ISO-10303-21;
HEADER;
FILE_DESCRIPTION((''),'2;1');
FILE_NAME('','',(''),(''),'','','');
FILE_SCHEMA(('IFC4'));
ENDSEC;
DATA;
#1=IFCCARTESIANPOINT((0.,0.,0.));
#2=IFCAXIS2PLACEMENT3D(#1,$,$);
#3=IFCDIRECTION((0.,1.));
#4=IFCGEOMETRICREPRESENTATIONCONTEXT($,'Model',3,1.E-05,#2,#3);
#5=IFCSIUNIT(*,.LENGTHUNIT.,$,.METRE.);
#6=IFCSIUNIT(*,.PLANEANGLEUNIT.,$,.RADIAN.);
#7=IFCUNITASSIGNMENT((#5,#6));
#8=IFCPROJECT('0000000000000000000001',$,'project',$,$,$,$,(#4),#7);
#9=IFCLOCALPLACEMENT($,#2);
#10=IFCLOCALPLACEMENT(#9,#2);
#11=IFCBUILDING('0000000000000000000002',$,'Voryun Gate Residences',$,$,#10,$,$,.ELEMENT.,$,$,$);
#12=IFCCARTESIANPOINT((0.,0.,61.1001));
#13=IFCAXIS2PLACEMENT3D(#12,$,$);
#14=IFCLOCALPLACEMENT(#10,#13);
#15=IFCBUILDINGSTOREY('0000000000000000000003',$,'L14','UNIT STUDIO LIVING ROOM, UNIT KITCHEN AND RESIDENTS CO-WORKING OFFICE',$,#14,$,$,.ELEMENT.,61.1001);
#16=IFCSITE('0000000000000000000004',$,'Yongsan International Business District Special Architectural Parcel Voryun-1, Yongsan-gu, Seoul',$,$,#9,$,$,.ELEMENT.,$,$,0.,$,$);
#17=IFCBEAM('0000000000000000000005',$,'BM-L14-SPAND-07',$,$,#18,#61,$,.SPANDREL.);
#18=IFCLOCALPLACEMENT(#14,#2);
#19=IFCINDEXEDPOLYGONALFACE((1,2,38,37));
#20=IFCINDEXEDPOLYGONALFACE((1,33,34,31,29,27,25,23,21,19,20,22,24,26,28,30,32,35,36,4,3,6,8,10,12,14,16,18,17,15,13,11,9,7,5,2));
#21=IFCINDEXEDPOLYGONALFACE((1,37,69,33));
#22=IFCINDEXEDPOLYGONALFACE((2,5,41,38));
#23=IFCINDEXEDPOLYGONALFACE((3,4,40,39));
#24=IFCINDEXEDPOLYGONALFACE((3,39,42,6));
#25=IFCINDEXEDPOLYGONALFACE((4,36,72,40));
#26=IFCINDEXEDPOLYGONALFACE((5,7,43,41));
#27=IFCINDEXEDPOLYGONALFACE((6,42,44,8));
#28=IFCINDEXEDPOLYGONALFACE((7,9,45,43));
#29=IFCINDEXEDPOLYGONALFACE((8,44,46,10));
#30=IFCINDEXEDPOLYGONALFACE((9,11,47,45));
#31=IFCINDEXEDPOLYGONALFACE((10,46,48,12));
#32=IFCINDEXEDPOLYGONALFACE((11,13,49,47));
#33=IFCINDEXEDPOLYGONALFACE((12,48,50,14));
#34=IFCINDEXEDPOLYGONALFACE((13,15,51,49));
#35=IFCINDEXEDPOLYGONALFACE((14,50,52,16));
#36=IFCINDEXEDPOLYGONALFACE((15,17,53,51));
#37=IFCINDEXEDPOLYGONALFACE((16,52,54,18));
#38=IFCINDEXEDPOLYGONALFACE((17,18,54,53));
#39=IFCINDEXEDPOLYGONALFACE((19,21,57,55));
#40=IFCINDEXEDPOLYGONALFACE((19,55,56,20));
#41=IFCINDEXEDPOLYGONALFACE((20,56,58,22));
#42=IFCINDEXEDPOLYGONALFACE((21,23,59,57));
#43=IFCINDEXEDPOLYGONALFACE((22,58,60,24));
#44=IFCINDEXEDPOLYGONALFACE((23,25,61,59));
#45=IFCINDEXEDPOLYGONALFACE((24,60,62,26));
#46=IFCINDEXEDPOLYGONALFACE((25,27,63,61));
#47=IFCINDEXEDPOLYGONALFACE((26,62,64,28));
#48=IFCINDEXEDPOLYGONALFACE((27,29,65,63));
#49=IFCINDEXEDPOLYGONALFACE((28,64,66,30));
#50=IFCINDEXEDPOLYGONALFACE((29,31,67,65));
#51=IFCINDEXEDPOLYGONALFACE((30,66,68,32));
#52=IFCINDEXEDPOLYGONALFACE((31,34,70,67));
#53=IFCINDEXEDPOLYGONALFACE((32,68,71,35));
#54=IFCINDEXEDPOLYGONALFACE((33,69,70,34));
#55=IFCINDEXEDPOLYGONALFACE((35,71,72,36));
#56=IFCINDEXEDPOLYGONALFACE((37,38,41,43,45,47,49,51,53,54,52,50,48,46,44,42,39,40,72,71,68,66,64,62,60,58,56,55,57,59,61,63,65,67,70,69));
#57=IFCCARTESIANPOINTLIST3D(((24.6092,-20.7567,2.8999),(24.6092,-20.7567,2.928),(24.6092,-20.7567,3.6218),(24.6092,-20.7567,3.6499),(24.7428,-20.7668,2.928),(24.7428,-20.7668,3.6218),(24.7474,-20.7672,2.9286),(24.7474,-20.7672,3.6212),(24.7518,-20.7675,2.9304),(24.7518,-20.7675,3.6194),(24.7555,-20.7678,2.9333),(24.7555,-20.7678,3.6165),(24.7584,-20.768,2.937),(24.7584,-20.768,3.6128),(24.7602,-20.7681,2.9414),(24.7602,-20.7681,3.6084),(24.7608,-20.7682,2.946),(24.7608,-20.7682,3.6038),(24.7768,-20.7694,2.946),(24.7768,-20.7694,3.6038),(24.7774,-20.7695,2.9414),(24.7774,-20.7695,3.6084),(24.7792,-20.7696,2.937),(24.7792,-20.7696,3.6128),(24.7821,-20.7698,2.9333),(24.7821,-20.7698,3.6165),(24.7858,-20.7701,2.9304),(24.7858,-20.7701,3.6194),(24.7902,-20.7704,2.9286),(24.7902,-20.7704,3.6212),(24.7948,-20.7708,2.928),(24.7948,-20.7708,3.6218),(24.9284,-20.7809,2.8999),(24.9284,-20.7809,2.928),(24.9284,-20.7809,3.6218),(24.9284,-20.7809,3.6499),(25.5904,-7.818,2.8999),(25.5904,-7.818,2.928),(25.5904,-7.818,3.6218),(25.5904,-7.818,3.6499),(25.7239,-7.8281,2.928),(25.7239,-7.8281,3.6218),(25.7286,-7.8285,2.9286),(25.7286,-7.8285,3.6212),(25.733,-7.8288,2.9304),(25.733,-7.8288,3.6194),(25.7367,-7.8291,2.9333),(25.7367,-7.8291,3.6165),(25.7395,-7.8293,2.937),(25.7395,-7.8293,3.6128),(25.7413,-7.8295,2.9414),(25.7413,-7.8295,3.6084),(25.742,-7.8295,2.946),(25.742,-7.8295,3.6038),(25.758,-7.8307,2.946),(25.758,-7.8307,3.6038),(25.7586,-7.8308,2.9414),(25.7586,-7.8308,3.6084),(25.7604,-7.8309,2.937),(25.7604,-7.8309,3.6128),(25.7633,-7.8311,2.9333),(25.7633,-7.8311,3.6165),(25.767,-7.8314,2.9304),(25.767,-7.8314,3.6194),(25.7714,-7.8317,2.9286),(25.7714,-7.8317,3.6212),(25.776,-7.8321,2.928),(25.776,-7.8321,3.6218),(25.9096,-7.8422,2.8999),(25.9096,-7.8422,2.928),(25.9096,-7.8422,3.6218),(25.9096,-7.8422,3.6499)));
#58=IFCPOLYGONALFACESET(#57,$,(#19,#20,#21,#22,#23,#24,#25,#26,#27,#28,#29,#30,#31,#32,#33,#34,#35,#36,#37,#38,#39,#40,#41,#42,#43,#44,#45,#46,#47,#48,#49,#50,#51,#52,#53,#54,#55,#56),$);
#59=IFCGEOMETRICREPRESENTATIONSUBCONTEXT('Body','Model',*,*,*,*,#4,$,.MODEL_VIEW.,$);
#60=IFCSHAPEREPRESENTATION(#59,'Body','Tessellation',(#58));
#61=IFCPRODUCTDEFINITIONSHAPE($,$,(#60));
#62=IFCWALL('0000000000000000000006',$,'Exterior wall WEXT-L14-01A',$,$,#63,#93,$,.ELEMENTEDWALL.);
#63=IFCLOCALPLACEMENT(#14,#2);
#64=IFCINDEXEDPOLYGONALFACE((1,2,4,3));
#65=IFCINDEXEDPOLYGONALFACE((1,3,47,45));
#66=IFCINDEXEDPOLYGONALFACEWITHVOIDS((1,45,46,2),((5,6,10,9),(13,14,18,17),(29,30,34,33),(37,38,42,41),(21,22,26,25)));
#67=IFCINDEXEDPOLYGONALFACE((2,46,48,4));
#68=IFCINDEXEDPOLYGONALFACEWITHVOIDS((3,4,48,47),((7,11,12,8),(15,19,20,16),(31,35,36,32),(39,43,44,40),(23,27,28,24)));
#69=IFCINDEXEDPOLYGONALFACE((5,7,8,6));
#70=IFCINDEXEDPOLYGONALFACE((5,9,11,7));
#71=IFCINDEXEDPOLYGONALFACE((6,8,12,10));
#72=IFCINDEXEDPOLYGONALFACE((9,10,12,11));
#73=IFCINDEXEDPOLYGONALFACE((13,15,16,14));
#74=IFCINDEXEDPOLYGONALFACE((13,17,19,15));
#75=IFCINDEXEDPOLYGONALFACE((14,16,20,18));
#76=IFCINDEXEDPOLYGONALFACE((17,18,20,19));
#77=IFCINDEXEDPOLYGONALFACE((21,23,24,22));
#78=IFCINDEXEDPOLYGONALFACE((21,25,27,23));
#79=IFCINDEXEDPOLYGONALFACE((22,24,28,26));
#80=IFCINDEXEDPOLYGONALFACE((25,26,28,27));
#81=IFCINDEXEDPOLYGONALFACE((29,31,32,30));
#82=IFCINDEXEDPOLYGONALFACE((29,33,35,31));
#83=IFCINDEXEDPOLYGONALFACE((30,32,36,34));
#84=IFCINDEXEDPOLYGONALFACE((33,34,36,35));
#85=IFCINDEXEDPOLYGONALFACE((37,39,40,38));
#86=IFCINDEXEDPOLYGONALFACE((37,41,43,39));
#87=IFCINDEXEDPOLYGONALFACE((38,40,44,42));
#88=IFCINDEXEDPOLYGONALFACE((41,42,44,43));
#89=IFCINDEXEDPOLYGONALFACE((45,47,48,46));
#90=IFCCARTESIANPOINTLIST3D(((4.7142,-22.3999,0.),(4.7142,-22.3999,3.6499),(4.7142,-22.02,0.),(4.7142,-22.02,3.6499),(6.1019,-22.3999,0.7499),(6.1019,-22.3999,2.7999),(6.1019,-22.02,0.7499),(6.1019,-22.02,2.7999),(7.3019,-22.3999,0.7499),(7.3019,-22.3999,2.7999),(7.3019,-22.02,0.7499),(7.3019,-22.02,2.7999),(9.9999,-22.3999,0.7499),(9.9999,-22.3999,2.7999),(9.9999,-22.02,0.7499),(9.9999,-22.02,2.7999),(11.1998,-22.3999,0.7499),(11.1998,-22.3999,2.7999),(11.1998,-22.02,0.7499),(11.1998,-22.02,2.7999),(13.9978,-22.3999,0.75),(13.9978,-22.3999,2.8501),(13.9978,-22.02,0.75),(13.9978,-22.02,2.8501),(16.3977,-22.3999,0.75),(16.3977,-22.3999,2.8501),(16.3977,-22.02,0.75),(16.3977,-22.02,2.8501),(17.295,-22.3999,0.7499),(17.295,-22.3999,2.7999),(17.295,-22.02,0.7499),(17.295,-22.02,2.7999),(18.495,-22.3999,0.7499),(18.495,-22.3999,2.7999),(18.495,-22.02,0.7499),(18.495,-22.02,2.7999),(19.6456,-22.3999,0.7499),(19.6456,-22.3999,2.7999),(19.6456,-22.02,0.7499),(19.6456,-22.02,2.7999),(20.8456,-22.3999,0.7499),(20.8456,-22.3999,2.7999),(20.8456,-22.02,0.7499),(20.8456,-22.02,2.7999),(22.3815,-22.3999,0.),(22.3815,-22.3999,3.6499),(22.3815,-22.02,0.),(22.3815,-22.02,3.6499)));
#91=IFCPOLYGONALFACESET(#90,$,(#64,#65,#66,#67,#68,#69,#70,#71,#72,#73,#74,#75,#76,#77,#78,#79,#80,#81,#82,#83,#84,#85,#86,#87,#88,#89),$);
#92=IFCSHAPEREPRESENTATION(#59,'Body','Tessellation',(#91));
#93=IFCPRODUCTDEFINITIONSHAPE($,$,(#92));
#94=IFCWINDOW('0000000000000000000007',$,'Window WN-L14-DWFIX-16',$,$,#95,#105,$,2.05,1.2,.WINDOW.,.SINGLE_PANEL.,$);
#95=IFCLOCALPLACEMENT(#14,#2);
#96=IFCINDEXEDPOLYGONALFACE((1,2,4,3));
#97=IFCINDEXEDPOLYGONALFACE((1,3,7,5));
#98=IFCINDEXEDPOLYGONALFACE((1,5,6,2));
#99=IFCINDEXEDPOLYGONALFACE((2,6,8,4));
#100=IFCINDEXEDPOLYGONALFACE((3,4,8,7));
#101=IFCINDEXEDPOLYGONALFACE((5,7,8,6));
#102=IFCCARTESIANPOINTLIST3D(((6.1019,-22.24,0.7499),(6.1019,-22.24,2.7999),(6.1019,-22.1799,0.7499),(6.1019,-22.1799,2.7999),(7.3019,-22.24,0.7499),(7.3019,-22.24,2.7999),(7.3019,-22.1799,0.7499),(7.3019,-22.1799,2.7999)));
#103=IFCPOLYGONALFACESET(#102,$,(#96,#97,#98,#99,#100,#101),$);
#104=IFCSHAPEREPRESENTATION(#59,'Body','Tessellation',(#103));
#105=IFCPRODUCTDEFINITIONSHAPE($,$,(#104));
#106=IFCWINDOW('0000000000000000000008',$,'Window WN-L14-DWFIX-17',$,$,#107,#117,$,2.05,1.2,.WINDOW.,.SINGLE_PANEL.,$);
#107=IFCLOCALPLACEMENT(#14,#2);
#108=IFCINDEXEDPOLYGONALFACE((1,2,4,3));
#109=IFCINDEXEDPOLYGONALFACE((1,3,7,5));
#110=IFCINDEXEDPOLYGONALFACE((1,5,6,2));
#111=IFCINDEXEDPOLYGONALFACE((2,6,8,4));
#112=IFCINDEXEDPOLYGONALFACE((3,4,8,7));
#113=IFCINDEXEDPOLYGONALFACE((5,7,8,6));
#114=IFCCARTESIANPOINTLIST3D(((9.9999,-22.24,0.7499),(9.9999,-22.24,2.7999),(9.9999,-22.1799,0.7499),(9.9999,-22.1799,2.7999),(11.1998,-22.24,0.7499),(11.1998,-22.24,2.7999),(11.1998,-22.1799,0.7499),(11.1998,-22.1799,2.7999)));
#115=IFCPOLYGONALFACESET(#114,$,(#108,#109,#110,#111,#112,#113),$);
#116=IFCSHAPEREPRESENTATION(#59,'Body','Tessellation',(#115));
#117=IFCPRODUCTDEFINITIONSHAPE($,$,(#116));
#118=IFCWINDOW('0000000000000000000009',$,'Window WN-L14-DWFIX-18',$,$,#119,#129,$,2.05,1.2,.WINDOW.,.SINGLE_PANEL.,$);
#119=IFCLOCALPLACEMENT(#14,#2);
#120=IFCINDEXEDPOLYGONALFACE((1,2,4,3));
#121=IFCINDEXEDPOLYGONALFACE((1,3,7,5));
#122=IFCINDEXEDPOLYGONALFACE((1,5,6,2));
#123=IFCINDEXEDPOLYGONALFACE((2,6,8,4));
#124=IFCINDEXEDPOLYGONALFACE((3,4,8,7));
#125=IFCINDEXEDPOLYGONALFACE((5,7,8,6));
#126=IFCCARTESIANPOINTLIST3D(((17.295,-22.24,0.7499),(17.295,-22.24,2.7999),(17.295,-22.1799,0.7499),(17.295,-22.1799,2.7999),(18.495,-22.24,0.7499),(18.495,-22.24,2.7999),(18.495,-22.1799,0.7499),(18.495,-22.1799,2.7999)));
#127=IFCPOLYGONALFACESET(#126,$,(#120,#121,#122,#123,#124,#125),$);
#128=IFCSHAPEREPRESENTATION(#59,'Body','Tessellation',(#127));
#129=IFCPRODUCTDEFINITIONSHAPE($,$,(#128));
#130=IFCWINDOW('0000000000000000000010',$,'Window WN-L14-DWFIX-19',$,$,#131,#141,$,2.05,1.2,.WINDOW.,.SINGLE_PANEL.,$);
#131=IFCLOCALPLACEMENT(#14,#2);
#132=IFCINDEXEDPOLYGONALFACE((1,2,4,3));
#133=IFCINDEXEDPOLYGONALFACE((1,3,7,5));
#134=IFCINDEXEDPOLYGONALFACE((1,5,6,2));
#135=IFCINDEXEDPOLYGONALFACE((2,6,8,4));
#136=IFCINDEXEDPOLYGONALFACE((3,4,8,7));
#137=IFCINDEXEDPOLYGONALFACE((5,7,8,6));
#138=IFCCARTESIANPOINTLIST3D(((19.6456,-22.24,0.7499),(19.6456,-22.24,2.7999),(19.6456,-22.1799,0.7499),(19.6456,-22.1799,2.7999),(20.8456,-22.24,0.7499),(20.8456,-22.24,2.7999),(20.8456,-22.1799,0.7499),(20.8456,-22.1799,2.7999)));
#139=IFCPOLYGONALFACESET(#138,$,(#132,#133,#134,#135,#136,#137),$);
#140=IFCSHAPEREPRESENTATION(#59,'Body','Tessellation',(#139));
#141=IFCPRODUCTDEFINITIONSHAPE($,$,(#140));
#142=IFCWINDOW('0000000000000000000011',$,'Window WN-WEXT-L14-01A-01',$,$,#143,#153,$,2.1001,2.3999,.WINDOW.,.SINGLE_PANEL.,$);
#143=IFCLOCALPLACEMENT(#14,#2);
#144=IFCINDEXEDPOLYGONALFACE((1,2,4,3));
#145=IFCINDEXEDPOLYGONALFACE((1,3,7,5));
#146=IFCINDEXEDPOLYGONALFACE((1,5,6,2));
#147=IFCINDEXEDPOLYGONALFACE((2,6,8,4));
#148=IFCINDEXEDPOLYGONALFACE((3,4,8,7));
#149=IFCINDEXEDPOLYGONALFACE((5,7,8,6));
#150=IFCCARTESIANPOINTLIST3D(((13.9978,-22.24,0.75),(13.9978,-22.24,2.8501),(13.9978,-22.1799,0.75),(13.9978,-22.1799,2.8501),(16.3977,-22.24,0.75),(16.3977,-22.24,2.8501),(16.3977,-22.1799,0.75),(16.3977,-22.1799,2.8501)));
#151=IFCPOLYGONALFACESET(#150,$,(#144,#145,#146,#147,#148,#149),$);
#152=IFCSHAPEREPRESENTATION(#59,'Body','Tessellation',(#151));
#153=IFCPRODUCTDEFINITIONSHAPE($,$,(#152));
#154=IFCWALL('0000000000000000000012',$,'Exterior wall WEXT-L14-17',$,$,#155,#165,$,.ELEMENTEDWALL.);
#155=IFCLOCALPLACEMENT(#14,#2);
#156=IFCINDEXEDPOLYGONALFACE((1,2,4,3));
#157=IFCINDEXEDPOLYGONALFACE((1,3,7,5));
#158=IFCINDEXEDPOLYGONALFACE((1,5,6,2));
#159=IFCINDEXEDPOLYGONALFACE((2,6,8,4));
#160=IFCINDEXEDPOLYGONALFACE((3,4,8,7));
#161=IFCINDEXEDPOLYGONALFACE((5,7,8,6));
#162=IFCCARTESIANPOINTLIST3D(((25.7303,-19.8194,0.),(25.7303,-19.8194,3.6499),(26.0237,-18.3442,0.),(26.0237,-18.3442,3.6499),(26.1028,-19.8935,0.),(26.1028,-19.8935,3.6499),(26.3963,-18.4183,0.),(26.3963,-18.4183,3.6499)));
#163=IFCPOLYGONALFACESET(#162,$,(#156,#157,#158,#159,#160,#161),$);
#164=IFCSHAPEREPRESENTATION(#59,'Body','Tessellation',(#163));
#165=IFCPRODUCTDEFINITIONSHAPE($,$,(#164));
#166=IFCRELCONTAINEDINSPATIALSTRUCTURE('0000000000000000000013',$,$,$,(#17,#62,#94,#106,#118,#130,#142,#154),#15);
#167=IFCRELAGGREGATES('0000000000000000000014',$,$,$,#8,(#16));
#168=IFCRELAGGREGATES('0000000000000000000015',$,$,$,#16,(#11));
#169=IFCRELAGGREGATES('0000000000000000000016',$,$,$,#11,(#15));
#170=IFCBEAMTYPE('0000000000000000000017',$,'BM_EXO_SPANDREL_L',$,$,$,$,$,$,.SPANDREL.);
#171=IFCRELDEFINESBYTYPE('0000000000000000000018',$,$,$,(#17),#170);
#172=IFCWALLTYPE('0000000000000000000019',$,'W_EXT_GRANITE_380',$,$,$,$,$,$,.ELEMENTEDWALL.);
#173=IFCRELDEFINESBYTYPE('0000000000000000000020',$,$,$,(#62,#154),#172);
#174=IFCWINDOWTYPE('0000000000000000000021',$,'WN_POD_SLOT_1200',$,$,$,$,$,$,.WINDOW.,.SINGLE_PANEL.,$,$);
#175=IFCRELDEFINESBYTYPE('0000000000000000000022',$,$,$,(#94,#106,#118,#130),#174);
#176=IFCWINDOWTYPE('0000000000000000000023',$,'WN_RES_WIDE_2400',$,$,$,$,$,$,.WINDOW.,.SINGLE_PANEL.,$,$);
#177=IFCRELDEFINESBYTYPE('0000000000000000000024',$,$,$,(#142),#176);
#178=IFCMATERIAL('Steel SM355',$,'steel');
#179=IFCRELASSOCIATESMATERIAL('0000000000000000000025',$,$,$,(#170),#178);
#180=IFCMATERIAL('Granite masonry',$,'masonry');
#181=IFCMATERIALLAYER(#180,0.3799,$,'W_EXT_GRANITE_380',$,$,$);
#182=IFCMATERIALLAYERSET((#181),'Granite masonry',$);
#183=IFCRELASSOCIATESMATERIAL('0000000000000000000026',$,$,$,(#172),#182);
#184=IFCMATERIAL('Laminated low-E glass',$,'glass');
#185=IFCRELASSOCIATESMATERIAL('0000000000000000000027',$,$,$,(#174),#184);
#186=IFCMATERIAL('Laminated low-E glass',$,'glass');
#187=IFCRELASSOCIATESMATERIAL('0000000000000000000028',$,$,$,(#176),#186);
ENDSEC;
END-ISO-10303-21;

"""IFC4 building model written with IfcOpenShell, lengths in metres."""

from ifc_helpers import new_model, si_unit, direction, frame, frame_2d, origin, origin_2d, place, context, subcontext, project, spatial, rectangle, i_section, extrude, material, layer, layer_set, material_profile, profile_set, type_object, element, fill, save


model = new_model("IFC4")

# Units and contexts
model_context = context("Model", 3, precision=1e-05, world=origin(), true_north=direction((0.0, 1.0)))
body_context = subcontext(model_context, "Body", "Model", "MODEL_VIEW")
ifc_project = project(units=[si_unit("LENGTHUNIT", "METRE"), si_unit("PLANEANGLEUNIT", "RADIAN")], contexts=[model_context])

# Site, building, storey
site_placement = place(None, origin())
site = spatial("IfcSite", under=ifc_project, at=site_placement, Name="Yongsan International Business District Special Architectural Parcel Voryun-1, Yongsan-gu, Seoul", CompositionType="ELEMENT", RefElevation=0.0)
building_placement = place(site_placement, origin())
building = spatial("IfcBuilding", under=site, at=building_placement, Name="Voryun Gate Residences", CompositionType="ELEMENT")
storey_placement = place(building_placement, frame((0.0, 0.0, 61.1001)))
storey = spatial("IfcBuildingStorey", under=building, at=storey_placement, Name="L14", Description="UNIT STUDIO LIVING ROOM, UNIT KITCHEN AND RESIDENTS CO-WORKING OFFICE", CompositionType="ELEMENT", Elevation=61.1001)

# Beam
ifc_material_1 = material(Name="Steel SM355", Category="steel")
ifc_material_profile_1 = material_profile(ifc_material_1, i_section(OverallWidth=0.3201, OverallDepth=0.75, WebThickness=0.0161, FlangeThickness=0.0281, FilletRadius=0.0181, at=origin_2d()), Name="H-750x320x16x28")
ifc_profile_set_1 = profile_set([ifc_material_profile_1], Name="Steel SM355")
beam_type = type_object("IfcBeamType", Name="BM_EXO_SPANDREL_L", PredefinedType="SPANDREL", material=ifc_profile_set_1)
beam_1_placement = place(storey_placement, frame((24.7688, -20.7688, 3.2749), z_axis=(0.075617, 0.997137, 0.0), x_axis=(-0.997137, 0.075617, 0.0)))
element("IfcBeam", 1, at=beam_1_placement, inside=storey, type_object=beam_type, Name="BM-L14-SPAND-07", PredefinedType="SPANDREL", context=body_context, shape_type="SweptSolid", body=[
    extrude(i_section(OverallWidth=0.3201, OverallDepth=0.75, WebThickness=0.0161, FlangeThickness=0.0281, FilletRadius=0.0181, at=origin_2d()), origin(), (0.0, 0.0, 1.0), 12.9758),
])

# Wall, openings, windows
ifc_material_2 = material(Name="Granite masonry", Category="masonry")
ifc_layer_1 = layer(ifc_material_2, 0.3799, Name="W_EXT_GRANITE_380")
ifc_layer_set_1 = layer_set([ifc_layer_1], Name="Granite masonry")
wall_type_1 = type_object("IfcWallType", Name="W_EXT_GRANITE_380", PredefinedType="ELEMENTEDWALL", material=ifc_layer_set_1)
wall_1_placement = place(storey_placement, frame((22.3813, -22.21, 0.0), z_axis=(0.0, 0.0, 1.0), x_axis=(-1.0, 0.0, 0.0)))
wall_1 = element("IfcWall", 2, at=wall_1_placement, inside=storey, type_object=wall_type_1, Name="Exterior wall WEXT-L14-01A", PredefinedType="ELEMENTEDWALL", context=body_context, shape_type="SweptSolid", body=[
    extrude(rectangle(XDim=17.6672, YDim=0.3799, at=frame_2d((8.8335, 0.0))), origin(), (0.0, 0.0, 1.0), 3.6499),
])
opening_1_placement = place(wall_1_placement, frame((5.9836, 0.0, 0.75)))
opening_1 = element("IfcOpeningElement", 3, at=opening_1_placement, cuts=wall_1, PredefinedType="OPENING", context=body_context, shape_type="SweptSolid", body=[
    extrude(rectangle(XDim=2.3999, YDim=2.1001, at=frame_2d((1.2, 1.05))), frame((0.0, 0.2, 0.0), z_axis=(0.0, -1.0, 0.0), x_axis=(1.0, 0.0, 0.0)), (0.0, 0.0, 1.0), 0.3999),
])
opening_2_placement = place(wall_1_placement, frame((15.0793, 0.0, 0.75)))
opening_2 = element("IfcOpeningElement", 4, at=opening_2_placement, cuts=wall_1, PredefinedType="OPENING", context=body_context, shape_type="SweptSolid", body=[
    extrude(rectangle(XDim=1.2, YDim=2.05, at=frame_2d((0.6001, 1.0249))), frame((0.0, 0.2, 0.0), z_axis=(0.0, -1.0, 0.0), x_axis=(1.0, 0.0, 0.0)), (0.0, 0.0, 1.0), 0.3999),
])
opening_3_placement = place(wall_1_placement, frame((11.1814, 0.0, 0.75)))
opening_3 = element("IfcOpeningElement", 5, at=opening_3_placement, cuts=wall_1, PredefinedType="OPENING", context=body_context, shape_type="SweptSolid", body=[
    extrude(rectangle(XDim=1.2, YDim=2.05, at=frame_2d((0.6001, 1.0249))), frame((0.0, 0.2, 0.0), z_axis=(0.0, -1.0, 0.0), x_axis=(1.0, 0.0, 0.0)), (0.0, 0.0, 1.0), 0.3999),
])
opening_4_placement = place(wall_1_placement, frame((3.8862, 0.0, 0.75)))
opening_4 = element("IfcOpeningElement", 6, at=opening_4_placement, cuts=wall_1, PredefinedType="OPENING", context=body_context, shape_type="SweptSolid", body=[
    extrude(rectangle(XDim=1.2, YDim=2.05, at=frame_2d((0.6001, 1.0249))), frame((0.0, 0.2, 0.0), z_axis=(0.0, -1.0, 0.0), x_axis=(1.0, 0.0, 0.0)), (0.0, 0.0, 1.0), 0.3999),
])
opening_5_placement = place(wall_1_placement, frame((1.5356, 0.0, 0.75)))
opening_5 = element("IfcOpeningElement", 7, at=opening_5_placement, cuts=wall_1, PredefinedType="OPENING", context=body_context, shape_type="SweptSolid", body=[
    extrude(rectangle(XDim=1.2, YDim=2.05, at=frame_2d((0.6001, 1.0249))), frame((0.0, 0.2, 0.0), z_axis=(0.0, -1.0, 0.0), x_axis=(1.0, 0.0, 0.0)), (0.0, 0.0, 1.0), 0.3999),
])
ifc_material_3 = material(Name="Laminated low-E glass", Category="glass")
window_type_1 = type_object("IfcWindowType", Name="WN_POD_SLOT_1200", PartitioningType="SINGLE_PANEL", PredefinedType="WINDOW", material=ifc_material_3)
window_1_placement = place(opening_2_placement, origin())
window_1 = element("IfcWindow", 8, at=window_1_placement, inside=storey, type_object=window_type_1, Name="Window WN-L14-DWFIX-16", OverallHeight=2.05, OverallWidth=1.2, PartitioningType="SINGLE_PANEL", PredefinedType="WINDOW", context=body_context, shape_type="SweptSolid", body=[
    extrude(rectangle(XDim=1.2, YDim=2.05, at=frame_2d((0.6001, 1.0249))), frame((0.0, 0.03, 0.0), z_axis=(0.0, -1.0, 0.0), x_axis=(1.0, 0.0, 0.0)), (0.0, 0.0, 1.0), 0.0601),
])
fill(opening_2, window_1)
window_2_placement = place(opening_3_placement, origin())
window_2 = element("IfcWindow", 9, at=window_2_placement, inside=storey, type_object=window_type_1, Name="Window WN-L14-DWFIX-17", OverallHeight=2.05, OverallWidth=1.2, PartitioningType="SINGLE_PANEL", PredefinedType="WINDOW", context=body_context, shape_type="SweptSolid", body=[
    extrude(rectangle(XDim=1.2, YDim=2.05, at=frame_2d((0.6001, 1.0249))), frame((0.0, 0.03, 0.0), z_axis=(0.0, -1.0, 0.0), x_axis=(1.0, 0.0, 0.0)), (0.0, 0.0, 1.0), 0.0601),
])
fill(opening_3, window_2)
window_3_placement = place(opening_4_placement, origin())
window_3 = element("IfcWindow", 10, at=window_3_placement, inside=storey, type_object=window_type_1, Name="Window WN-L14-DWFIX-18", OverallHeight=2.05, OverallWidth=1.2, PartitioningType="SINGLE_PANEL", PredefinedType="WINDOW", context=body_context, shape_type="SweptSolid", body=[
    extrude(rectangle(XDim=1.2, YDim=2.05, at=frame_2d((0.6001, 1.0249))), frame((0.0, 0.03, 0.0), z_axis=(0.0, -1.0, 0.0), x_axis=(1.0, 0.0, 0.0)), (0.0, 0.0, 1.0), 0.0601),
])
fill(opening_4, window_3)
window_4_placement = place(opening_5_placement, origin())
window_4 = element("IfcWindow", 11, at=window_4_placement, inside=storey, type_object=window_type_1, Name="Window WN-L14-DWFIX-19", OverallHeight=2.05, OverallWidth=1.2, PartitioningType="SINGLE_PANEL", PredefinedType="WINDOW", context=body_context, shape_type="SweptSolid", body=[
    extrude(rectangle(XDim=1.2, YDim=2.05, at=frame_2d((0.6001, 1.0249))), frame((0.0, 0.03, 0.0), z_axis=(0.0, -1.0, 0.0), x_axis=(1.0, 0.0, 0.0)), (0.0, 0.0, 1.0), 0.0601),
])
fill(opening_5, window_4)
ifc_material_4 = material(Name="Laminated low-E glass", Category="glass")
window_type_2 = type_object("IfcWindowType", Name="WN_RES_WIDE_2400", PartitioningType="SINGLE_PANEL", PredefinedType="WINDOW", material=ifc_material_4)
window_5_placement = place(opening_1_placement, origin())
window_5 = element("IfcWindow", 12, at=window_5_placement, inside=storey, type_object=window_type_2, Name="Window WN-WEXT-L14-01A-01", OverallHeight=2.1001, OverallWidth=2.3999, PartitioningType="SINGLE_PANEL", PredefinedType="WINDOW", context=body_context, shape_type="SweptSolid", body=[
    extrude(rectangle(XDim=2.3999, YDim=2.1001, at=frame_2d((1.2, 1.05))), frame((0.0, 0.03, 0.0), z_axis=(0.0, -1.0, 0.0), x_axis=(1.0, 0.0, 0.0)), (0.0, 0.0, 1.0), 0.0601),
])
fill(opening_1, window_5)

# Wall
wall_2_placement = place(storey_placement, frame((26.21, -18.3813, 0.0), z_axis=(0.0, 0.0, 1.0), x_axis=(-0.195086, -0.980786, 0.0)))
element("IfcWall", 13, at=wall_2_placement, inside=storey, type_object=wall_type_1, Name="Exterior wall WEXT-L14-17", PredefinedType="ELEMENTEDWALL", context=body_context, shape_type="SweptSolid", body=[
    extrude(rectangle(XDim=1.5042, YDim=0.3799, at=frame_2d((0.752, 0.0))), origin(), (0.0, 0.0, 1.0), 3.6499),
])

save(model, "model.ifc")
